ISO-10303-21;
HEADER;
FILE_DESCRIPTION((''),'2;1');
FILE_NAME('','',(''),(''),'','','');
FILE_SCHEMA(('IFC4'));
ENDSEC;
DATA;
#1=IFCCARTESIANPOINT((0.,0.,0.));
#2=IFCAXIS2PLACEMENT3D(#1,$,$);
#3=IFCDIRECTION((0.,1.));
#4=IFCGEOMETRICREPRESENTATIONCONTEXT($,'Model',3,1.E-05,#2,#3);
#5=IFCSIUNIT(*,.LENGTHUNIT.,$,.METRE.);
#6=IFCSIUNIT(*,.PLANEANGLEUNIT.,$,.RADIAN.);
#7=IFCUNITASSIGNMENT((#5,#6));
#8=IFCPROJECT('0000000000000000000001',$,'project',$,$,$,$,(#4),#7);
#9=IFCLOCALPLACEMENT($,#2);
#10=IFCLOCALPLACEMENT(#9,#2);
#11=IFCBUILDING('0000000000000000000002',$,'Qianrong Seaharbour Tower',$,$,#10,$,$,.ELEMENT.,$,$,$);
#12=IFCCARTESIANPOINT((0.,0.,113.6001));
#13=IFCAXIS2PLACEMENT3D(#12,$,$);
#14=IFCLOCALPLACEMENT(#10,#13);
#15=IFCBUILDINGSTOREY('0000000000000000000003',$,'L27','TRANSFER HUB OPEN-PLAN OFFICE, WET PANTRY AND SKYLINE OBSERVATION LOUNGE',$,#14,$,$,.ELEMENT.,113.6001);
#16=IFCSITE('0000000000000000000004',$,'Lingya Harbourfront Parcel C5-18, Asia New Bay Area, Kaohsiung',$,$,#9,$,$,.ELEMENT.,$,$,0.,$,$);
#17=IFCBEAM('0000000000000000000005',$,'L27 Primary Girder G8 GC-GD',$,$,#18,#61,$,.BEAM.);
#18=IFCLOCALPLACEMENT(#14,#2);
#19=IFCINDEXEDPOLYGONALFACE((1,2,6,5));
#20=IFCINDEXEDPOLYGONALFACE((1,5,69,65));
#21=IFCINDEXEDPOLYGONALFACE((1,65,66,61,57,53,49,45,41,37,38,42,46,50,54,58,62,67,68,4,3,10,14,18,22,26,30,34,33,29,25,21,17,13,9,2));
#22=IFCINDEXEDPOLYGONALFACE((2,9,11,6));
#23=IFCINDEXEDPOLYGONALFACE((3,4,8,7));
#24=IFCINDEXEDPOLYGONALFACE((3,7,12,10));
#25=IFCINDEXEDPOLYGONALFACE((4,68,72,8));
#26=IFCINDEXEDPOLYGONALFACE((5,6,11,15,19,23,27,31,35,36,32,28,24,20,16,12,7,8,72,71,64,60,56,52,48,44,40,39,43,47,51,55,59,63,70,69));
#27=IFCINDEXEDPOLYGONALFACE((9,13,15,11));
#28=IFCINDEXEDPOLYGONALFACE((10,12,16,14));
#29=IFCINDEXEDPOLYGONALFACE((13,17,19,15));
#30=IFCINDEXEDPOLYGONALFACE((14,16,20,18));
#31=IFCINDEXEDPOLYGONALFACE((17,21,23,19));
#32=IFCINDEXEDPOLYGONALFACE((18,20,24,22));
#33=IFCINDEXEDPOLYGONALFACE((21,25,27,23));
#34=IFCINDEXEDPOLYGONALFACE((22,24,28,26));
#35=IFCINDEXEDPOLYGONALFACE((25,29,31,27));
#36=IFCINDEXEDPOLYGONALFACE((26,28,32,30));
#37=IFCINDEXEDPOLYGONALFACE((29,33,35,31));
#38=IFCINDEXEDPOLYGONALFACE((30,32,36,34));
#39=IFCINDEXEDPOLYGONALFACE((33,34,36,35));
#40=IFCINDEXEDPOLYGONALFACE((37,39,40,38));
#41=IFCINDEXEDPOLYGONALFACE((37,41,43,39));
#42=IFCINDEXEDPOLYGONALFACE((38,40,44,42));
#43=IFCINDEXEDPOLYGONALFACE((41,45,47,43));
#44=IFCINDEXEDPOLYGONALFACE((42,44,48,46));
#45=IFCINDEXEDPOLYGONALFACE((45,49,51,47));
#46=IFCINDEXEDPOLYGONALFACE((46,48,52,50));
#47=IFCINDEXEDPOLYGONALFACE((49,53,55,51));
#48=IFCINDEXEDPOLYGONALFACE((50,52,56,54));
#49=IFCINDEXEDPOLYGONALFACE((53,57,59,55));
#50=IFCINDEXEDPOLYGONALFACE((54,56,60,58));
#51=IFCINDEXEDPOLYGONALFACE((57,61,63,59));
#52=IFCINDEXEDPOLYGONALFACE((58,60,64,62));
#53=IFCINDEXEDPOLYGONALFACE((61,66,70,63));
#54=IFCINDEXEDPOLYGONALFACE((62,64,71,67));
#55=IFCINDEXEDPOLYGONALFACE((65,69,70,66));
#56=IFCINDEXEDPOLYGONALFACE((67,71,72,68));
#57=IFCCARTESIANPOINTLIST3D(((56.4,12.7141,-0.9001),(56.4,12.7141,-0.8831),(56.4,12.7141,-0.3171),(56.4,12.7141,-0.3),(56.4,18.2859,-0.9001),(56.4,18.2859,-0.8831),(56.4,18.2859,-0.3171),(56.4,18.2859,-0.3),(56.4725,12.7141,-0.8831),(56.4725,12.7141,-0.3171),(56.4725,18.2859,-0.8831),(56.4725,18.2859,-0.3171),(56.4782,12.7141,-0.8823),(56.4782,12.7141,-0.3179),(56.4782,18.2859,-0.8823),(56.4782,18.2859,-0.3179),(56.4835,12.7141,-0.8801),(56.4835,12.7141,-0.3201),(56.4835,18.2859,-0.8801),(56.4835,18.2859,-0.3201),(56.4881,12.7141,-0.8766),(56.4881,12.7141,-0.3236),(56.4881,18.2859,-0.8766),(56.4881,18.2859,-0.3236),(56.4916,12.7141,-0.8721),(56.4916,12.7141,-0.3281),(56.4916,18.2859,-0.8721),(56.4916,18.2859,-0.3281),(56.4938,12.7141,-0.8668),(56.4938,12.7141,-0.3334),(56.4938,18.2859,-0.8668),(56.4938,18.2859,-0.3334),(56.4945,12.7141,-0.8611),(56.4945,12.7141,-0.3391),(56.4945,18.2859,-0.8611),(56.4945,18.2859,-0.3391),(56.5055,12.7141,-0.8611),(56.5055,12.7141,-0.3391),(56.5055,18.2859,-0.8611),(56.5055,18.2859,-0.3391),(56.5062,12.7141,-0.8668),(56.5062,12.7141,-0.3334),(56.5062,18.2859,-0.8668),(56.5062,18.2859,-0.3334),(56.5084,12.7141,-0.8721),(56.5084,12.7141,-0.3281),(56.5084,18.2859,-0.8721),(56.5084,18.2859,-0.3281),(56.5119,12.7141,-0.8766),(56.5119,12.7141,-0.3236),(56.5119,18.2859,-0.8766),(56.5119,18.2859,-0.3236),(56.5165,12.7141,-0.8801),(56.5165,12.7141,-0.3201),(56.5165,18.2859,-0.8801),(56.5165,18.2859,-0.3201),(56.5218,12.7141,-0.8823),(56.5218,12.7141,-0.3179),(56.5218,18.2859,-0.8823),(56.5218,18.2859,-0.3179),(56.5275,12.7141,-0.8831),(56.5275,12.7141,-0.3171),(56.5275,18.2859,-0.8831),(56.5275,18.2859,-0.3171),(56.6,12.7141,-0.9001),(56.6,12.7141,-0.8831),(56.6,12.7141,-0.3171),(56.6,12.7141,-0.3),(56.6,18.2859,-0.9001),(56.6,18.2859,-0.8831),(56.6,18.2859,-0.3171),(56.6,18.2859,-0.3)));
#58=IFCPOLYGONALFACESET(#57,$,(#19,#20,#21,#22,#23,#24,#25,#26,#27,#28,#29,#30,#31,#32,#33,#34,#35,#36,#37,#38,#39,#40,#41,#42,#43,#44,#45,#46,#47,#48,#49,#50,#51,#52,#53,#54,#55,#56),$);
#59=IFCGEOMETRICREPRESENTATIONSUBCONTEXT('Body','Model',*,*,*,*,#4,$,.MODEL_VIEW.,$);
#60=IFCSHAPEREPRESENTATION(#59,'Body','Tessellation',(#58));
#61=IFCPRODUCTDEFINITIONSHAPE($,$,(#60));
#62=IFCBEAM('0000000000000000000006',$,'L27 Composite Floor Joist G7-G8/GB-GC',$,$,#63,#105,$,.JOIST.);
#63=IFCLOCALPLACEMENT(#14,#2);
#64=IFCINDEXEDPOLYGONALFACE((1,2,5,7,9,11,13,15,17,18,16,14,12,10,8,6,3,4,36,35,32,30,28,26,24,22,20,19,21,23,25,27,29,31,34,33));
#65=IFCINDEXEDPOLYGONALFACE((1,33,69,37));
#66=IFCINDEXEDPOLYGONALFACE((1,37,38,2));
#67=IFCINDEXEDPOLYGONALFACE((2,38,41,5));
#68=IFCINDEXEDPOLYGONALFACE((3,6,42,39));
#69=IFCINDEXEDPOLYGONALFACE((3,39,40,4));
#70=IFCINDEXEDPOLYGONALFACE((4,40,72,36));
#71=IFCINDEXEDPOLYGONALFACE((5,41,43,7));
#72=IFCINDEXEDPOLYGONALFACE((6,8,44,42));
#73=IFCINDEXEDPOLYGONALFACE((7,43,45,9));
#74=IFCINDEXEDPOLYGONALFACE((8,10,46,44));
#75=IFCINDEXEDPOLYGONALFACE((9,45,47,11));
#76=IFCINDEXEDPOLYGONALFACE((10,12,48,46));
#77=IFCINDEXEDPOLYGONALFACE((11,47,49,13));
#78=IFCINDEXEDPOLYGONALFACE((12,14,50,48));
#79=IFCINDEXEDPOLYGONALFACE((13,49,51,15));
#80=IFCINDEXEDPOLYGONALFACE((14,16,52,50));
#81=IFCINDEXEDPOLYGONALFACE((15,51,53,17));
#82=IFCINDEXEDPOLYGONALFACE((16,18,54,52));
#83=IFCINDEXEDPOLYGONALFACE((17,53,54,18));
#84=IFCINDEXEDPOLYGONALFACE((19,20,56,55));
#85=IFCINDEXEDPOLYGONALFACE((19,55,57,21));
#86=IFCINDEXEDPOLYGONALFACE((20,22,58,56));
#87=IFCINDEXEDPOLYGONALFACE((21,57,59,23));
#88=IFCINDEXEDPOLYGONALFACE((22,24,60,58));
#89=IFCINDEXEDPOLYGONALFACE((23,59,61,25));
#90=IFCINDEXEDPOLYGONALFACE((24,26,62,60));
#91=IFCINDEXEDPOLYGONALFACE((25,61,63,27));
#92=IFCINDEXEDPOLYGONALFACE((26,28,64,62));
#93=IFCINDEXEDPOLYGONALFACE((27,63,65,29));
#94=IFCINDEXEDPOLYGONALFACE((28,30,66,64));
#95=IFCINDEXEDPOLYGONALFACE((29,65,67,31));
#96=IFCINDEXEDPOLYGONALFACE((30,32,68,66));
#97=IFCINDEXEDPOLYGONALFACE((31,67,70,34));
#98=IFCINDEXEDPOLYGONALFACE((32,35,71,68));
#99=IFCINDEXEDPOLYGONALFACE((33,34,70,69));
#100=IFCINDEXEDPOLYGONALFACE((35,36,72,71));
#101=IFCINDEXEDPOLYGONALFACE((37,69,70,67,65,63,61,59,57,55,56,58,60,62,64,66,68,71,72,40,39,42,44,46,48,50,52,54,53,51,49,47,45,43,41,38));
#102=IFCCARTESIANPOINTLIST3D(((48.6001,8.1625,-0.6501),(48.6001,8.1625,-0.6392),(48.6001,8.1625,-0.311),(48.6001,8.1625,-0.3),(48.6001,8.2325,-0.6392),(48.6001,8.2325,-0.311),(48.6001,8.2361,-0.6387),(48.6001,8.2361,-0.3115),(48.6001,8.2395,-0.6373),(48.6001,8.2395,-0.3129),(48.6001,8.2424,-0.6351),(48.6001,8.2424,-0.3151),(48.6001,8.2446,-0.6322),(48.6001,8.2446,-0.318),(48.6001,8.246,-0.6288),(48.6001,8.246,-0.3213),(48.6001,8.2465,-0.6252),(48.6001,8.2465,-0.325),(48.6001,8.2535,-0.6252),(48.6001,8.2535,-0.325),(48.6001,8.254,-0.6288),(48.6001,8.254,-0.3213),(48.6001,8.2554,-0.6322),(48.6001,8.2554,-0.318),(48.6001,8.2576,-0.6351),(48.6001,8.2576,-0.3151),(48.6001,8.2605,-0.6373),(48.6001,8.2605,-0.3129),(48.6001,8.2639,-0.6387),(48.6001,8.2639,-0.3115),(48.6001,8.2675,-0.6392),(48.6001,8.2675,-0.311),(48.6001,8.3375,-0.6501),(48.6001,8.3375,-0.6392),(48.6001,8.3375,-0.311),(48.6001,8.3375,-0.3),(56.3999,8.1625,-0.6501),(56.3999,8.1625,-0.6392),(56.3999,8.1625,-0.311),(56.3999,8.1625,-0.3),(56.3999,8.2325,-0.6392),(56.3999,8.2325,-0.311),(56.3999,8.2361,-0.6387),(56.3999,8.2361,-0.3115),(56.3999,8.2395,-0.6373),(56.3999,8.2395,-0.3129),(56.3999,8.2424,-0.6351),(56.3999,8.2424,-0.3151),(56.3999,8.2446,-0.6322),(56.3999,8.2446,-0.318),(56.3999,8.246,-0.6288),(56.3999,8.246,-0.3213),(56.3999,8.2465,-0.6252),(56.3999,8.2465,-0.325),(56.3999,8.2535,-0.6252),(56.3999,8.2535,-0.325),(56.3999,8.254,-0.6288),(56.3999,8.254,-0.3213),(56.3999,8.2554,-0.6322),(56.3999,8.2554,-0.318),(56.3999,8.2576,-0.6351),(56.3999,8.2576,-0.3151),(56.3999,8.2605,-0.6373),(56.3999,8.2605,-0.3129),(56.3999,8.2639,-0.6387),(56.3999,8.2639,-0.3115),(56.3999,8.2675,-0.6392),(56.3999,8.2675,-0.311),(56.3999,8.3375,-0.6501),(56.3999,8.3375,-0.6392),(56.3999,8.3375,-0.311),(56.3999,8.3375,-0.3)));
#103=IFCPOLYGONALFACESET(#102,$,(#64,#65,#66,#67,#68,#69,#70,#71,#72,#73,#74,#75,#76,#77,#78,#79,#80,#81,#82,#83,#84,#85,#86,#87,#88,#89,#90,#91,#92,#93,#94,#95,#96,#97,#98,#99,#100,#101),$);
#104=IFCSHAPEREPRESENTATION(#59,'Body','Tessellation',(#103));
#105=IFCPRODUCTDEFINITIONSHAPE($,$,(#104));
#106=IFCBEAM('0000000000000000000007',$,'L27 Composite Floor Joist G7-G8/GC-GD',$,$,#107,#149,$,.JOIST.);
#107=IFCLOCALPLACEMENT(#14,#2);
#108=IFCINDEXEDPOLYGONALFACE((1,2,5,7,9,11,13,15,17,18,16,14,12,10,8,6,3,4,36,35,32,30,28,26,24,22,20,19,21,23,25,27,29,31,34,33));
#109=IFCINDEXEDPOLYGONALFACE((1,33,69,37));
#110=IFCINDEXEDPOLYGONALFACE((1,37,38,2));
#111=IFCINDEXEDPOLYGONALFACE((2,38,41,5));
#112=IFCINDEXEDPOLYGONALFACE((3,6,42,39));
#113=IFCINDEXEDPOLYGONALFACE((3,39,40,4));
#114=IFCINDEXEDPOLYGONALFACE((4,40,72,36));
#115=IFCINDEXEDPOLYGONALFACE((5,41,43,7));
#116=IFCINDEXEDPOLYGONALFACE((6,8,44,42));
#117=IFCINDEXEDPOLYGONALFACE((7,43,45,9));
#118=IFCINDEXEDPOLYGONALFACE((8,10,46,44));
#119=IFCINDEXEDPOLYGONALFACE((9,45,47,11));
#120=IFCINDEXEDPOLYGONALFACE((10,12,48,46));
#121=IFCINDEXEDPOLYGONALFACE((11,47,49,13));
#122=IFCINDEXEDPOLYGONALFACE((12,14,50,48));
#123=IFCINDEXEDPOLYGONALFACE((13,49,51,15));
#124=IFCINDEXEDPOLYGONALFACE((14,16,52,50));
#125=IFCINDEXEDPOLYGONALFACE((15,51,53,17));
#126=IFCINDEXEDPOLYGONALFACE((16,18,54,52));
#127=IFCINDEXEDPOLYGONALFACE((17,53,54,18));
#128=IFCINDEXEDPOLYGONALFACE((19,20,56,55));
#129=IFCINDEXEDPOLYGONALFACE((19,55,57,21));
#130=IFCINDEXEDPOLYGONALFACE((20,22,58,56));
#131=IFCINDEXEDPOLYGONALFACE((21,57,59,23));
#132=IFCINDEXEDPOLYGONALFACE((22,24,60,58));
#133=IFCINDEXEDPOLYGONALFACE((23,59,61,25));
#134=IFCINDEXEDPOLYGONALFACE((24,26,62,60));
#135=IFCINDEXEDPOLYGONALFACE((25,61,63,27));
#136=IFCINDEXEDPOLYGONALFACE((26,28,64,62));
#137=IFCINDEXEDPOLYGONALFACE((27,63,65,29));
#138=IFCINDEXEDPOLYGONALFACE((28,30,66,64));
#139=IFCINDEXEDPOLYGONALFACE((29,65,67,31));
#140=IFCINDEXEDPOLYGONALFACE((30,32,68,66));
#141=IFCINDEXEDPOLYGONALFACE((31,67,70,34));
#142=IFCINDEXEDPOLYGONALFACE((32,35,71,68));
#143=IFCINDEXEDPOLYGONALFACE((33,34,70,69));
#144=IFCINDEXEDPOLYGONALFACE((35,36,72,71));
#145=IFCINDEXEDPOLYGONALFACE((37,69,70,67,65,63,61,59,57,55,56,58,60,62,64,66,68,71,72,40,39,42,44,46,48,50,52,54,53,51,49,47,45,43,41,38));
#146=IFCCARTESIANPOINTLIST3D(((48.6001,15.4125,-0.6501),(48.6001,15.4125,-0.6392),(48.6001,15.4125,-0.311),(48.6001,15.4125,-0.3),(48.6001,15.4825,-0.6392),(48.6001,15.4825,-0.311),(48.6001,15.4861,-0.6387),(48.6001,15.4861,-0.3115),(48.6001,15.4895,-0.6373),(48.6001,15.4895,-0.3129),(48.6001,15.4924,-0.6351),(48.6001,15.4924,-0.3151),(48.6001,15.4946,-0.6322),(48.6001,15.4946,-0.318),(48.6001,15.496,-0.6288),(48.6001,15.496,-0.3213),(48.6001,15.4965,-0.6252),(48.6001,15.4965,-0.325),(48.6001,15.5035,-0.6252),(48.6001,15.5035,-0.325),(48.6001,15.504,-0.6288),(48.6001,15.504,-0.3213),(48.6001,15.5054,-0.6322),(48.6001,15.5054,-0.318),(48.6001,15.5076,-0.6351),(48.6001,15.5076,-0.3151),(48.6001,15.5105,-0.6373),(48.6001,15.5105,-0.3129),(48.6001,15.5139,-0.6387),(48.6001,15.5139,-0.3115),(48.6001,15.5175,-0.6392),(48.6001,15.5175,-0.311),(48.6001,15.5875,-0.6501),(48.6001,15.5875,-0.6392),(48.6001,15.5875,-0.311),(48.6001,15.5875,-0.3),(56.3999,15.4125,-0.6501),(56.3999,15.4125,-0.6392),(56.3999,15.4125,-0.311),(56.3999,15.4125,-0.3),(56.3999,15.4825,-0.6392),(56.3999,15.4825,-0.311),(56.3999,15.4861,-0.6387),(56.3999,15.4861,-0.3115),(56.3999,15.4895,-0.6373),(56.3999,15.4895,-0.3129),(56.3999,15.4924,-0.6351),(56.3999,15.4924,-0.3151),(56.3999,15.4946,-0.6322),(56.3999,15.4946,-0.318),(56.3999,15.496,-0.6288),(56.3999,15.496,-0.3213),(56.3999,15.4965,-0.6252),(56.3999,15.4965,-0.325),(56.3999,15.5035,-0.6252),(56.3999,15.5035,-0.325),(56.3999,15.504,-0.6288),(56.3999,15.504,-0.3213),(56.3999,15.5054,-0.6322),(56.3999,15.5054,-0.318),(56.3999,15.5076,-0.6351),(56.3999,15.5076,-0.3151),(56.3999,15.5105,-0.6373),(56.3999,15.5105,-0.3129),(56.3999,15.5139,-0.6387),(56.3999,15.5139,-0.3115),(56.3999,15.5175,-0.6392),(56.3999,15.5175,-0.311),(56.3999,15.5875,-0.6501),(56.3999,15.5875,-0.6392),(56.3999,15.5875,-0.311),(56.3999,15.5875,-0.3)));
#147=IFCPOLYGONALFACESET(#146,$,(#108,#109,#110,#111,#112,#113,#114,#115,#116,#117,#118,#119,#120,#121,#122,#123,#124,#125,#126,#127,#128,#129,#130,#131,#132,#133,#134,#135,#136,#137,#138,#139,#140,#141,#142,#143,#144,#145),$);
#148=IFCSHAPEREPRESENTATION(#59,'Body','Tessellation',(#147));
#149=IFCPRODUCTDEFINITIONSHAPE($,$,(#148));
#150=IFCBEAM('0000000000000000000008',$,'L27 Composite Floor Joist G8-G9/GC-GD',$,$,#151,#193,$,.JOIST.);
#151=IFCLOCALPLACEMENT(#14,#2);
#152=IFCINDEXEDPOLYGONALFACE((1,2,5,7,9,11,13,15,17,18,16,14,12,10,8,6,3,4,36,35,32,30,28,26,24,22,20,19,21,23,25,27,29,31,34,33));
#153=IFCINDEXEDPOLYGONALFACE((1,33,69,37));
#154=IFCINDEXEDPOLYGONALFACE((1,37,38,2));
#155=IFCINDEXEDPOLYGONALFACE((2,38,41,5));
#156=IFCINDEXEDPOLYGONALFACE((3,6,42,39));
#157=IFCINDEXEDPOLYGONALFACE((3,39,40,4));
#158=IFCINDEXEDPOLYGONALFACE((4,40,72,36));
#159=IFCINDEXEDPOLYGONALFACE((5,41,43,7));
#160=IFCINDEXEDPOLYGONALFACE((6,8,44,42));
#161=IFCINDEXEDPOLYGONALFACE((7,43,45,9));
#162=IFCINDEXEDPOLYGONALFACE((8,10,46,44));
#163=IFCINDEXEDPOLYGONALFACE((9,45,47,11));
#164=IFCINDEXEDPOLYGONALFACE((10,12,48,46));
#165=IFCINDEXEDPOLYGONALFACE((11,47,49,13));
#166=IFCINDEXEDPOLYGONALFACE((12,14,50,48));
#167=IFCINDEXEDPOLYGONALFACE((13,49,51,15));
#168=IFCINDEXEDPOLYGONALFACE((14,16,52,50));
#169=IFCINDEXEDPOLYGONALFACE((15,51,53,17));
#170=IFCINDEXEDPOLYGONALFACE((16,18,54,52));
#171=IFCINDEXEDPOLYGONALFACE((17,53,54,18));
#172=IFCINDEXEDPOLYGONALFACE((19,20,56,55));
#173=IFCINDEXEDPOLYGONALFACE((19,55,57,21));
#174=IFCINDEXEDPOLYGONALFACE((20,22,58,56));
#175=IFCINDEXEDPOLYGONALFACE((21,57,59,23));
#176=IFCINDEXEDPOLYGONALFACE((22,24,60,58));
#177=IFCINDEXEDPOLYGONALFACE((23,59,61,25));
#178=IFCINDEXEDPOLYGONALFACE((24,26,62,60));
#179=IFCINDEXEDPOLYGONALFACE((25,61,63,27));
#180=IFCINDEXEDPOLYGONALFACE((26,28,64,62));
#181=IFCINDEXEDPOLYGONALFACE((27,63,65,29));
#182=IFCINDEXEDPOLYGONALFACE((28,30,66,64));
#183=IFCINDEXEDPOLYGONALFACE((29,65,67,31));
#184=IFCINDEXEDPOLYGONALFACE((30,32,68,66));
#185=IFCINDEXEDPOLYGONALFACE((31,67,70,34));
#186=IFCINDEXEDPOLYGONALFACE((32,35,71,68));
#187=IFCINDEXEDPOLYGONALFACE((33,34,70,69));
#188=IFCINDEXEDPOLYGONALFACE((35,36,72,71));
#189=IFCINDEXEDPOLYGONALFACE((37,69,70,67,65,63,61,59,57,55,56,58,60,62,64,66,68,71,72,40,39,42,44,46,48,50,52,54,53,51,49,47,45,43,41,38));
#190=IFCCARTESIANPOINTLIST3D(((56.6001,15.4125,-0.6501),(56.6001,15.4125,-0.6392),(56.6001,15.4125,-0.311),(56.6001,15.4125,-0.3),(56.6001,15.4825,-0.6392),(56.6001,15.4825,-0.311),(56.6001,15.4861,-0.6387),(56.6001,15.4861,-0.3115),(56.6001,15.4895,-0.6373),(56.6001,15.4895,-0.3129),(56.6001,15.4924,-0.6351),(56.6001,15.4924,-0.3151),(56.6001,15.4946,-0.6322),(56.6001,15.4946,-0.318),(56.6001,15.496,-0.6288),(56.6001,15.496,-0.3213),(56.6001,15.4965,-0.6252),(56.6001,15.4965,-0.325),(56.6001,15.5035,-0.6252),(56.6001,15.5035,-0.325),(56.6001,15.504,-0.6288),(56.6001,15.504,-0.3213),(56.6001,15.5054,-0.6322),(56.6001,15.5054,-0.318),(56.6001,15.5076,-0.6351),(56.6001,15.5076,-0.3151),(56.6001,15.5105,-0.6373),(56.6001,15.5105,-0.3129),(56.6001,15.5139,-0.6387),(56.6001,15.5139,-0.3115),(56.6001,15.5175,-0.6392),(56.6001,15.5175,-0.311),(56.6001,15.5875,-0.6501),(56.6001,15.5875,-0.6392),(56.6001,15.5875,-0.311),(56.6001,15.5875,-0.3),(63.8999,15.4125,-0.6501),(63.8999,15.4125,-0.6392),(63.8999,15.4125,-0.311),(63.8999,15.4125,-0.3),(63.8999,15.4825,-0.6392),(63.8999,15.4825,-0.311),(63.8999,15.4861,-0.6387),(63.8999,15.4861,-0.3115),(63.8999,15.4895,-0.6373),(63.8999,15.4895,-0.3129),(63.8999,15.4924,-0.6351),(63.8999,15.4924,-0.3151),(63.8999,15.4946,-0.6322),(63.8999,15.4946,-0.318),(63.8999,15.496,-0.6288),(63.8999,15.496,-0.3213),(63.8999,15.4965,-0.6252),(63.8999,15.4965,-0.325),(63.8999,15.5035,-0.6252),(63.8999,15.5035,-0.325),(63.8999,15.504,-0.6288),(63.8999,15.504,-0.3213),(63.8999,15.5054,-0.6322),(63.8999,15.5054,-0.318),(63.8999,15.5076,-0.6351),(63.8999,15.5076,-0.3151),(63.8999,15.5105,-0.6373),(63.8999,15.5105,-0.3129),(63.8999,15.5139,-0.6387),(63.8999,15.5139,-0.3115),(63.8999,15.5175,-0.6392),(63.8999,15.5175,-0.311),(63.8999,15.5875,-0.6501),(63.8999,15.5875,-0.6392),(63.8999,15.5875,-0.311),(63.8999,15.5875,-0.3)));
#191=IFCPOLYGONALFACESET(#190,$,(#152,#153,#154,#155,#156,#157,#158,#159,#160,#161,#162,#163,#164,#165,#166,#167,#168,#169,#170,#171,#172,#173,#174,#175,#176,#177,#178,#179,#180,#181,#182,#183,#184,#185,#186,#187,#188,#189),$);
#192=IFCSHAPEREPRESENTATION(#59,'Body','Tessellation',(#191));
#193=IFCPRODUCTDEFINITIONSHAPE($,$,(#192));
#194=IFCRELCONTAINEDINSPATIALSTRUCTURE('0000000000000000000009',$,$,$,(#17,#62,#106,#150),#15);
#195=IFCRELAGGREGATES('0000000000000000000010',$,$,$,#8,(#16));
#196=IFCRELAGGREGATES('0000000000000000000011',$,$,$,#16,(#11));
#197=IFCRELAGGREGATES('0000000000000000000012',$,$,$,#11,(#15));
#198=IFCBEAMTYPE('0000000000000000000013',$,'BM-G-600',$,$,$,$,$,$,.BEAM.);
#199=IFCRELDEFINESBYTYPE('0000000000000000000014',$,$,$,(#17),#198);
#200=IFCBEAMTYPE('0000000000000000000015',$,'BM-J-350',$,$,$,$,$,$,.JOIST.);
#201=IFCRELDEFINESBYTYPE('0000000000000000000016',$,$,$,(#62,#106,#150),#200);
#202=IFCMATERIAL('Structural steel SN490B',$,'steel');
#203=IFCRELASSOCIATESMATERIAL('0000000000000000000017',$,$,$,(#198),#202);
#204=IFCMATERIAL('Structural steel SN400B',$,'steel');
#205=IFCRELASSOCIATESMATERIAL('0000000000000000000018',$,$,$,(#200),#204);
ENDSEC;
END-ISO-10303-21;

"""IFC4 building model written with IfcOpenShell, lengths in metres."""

from ifc_helpers import new_model, si_unit, direction, frame, origin, origin_2d, place, context, subcontext, project, spatial, i_section, extrude, material, material_profile, profile_set, type_object, element, save


model = new_model("IFC4")

# Units and contexts
model_context = context("Model", 3, precision=1e-05, world=origin(), true_north=direction((0.0, 1.0)))
body_context = subcontext(model_context, "Body", "Model", "MODEL_VIEW")
ifc_project = project(units=[si_unit("LENGTHUNIT", "METRE"), si_unit("PLANEANGLEUNIT", "RADIAN")], contexts=[model_context])

# Site, building, storey
site_placement = place(None, origin())
site = spatial("IfcSite", under=ifc_project, at=site_placement, Name="Lingya Harbourfront Parcel C5-18, Asia New Bay Area, Kaohsiung", CompositionType="ELEMENT", RefElevation=0.0)
building_placement = place(site_placement, origin())
building = spatial("IfcBuilding", under=site, at=building_placement, Name="Qianrong Seaharbour Tower", CompositionType="ELEMENT")
storey_placement = place(building_placement, frame((0.0, 0.0, 113.6001)))
storey = spatial("IfcBuildingStorey", under=building, at=storey_placement, Name="L27", Description="TRANSFER HUB OPEN-PLAN OFFICE, WET PANTRY AND SKYLINE OBSERVATION LOUNGE", CompositionType="ELEMENT", Elevation=113.6001)

# Shared definitions
ifc_material_1 = material(Name="Structural steel SN490B", Category="steel")

# Beams
ifc_material_profile_1 = material_profile(ifc_material_1, i_section(OverallWidth=0.2, OverallDepth=0.6001, WebThickness=0.011, FlangeThickness=0.0171, FilletRadius=0.022, at=origin_2d()), Name="H600x200x11x17")
ifc_profile_set_1 = profile_set([ifc_material_profile_1], Name="Structural steel SN490B")
beam_type_1 = type_object("IfcBeamType", Name="BM-G-600", PredefinedType="BEAM", material=ifc_profile_set_1)
beam_1_placement = place(storey_placement, frame((56.5, 12.7141, -0.6001), z_axis=(0.0, 1.0, 0.0), x_axis=(-1.0, 0.0, 0.0)))
element("IfcBeam", 1, at=beam_1_placement, inside=storey, type_object=beam_type_1, Name="L27 Primary Girder G8 GC-GD", PredefinedType="BEAM", context=body_context, shape_type="SweptSolid", body=[
    extrude(i_section(OverallWidth=0.2, OverallDepth=0.6001, WebThickness=0.011, FlangeThickness=0.0171, FilletRadius=0.022, at=origin_2d()), origin(), (0.0, 0.0, 1.0), 5.5718),
])
ifc_material_2 = material(Name="Structural steel SN400B", Category="steel")
ifc_material_profile_2 = material_profile(ifc_material_2, i_section(OverallWidth=0.175, OverallDepth=0.3501, WebThickness=0.0071, FlangeThickness=0.011, FilletRadius=0.0139, at=origin_2d()), Name="H350x175x7x11")
ifc_profile_set_2 = profile_set([ifc_material_profile_2], Name="Structural steel SN400B")
beam_type_2 = type_object("IfcBeamType", Name="BM-J-350", PredefinedType="JOIST", material=ifc_profile_set_2)
for number, where, z_axis, x_axis, name in (
    (2, (48.6001, 8.25, -0.4751), (1.0, 0.0, 0.0), (0.0, 1.0, 0.0), "L27 Composite Floor Joist G7-G8/GB-GC"),
    (3, (48.6001, 15.5, -0.4751), (1.0, 0.0, 0.0), (0.0, 1.0, 0.0), "L27 Composite Floor Joist G7-G8/GC-GD"),
):
    element("IfcBeam", number, at=place(storey_placement, frame(where, z_axis=z_axis, x_axis=x_axis)), inside=storey, type_object=beam_type_2, Name=name, PredefinedType="JOIST", context=body_context, shape_type="SweptSolid", body=[
        extrude(i_section(OverallWidth=0.175, OverallDepth=0.3501, WebThickness=0.0071, FlangeThickness=0.011, FilletRadius=0.0139, at=origin_2d()), origin(), (0.0, 0.0, 1.0), 7.7998),
    ])
beam_2_placement = place(storey_placement, frame((56.6001, 15.5, -0.4751), z_axis=(1.0, 0.0, 0.0), x_axis=(0.0, 1.0, 0.0)))
element("IfcBeam", 4, at=beam_2_placement, inside=storey, type_object=beam_type_2, Name="L27 Composite Floor Joist G8-G9/GC-GD", PredefinedType="JOIST", context=body_context, shape_type="SweptSolid", body=[
    extrude(i_section(OverallWidth=0.175, OverallDepth=0.3501, WebThickness=0.0071, FlangeThickness=0.011, FilletRadius=0.0139, at=origin_2d()), origin(), (0.0, 0.0, 1.0), 7.2998),
])

save(model, "model.ifc")
